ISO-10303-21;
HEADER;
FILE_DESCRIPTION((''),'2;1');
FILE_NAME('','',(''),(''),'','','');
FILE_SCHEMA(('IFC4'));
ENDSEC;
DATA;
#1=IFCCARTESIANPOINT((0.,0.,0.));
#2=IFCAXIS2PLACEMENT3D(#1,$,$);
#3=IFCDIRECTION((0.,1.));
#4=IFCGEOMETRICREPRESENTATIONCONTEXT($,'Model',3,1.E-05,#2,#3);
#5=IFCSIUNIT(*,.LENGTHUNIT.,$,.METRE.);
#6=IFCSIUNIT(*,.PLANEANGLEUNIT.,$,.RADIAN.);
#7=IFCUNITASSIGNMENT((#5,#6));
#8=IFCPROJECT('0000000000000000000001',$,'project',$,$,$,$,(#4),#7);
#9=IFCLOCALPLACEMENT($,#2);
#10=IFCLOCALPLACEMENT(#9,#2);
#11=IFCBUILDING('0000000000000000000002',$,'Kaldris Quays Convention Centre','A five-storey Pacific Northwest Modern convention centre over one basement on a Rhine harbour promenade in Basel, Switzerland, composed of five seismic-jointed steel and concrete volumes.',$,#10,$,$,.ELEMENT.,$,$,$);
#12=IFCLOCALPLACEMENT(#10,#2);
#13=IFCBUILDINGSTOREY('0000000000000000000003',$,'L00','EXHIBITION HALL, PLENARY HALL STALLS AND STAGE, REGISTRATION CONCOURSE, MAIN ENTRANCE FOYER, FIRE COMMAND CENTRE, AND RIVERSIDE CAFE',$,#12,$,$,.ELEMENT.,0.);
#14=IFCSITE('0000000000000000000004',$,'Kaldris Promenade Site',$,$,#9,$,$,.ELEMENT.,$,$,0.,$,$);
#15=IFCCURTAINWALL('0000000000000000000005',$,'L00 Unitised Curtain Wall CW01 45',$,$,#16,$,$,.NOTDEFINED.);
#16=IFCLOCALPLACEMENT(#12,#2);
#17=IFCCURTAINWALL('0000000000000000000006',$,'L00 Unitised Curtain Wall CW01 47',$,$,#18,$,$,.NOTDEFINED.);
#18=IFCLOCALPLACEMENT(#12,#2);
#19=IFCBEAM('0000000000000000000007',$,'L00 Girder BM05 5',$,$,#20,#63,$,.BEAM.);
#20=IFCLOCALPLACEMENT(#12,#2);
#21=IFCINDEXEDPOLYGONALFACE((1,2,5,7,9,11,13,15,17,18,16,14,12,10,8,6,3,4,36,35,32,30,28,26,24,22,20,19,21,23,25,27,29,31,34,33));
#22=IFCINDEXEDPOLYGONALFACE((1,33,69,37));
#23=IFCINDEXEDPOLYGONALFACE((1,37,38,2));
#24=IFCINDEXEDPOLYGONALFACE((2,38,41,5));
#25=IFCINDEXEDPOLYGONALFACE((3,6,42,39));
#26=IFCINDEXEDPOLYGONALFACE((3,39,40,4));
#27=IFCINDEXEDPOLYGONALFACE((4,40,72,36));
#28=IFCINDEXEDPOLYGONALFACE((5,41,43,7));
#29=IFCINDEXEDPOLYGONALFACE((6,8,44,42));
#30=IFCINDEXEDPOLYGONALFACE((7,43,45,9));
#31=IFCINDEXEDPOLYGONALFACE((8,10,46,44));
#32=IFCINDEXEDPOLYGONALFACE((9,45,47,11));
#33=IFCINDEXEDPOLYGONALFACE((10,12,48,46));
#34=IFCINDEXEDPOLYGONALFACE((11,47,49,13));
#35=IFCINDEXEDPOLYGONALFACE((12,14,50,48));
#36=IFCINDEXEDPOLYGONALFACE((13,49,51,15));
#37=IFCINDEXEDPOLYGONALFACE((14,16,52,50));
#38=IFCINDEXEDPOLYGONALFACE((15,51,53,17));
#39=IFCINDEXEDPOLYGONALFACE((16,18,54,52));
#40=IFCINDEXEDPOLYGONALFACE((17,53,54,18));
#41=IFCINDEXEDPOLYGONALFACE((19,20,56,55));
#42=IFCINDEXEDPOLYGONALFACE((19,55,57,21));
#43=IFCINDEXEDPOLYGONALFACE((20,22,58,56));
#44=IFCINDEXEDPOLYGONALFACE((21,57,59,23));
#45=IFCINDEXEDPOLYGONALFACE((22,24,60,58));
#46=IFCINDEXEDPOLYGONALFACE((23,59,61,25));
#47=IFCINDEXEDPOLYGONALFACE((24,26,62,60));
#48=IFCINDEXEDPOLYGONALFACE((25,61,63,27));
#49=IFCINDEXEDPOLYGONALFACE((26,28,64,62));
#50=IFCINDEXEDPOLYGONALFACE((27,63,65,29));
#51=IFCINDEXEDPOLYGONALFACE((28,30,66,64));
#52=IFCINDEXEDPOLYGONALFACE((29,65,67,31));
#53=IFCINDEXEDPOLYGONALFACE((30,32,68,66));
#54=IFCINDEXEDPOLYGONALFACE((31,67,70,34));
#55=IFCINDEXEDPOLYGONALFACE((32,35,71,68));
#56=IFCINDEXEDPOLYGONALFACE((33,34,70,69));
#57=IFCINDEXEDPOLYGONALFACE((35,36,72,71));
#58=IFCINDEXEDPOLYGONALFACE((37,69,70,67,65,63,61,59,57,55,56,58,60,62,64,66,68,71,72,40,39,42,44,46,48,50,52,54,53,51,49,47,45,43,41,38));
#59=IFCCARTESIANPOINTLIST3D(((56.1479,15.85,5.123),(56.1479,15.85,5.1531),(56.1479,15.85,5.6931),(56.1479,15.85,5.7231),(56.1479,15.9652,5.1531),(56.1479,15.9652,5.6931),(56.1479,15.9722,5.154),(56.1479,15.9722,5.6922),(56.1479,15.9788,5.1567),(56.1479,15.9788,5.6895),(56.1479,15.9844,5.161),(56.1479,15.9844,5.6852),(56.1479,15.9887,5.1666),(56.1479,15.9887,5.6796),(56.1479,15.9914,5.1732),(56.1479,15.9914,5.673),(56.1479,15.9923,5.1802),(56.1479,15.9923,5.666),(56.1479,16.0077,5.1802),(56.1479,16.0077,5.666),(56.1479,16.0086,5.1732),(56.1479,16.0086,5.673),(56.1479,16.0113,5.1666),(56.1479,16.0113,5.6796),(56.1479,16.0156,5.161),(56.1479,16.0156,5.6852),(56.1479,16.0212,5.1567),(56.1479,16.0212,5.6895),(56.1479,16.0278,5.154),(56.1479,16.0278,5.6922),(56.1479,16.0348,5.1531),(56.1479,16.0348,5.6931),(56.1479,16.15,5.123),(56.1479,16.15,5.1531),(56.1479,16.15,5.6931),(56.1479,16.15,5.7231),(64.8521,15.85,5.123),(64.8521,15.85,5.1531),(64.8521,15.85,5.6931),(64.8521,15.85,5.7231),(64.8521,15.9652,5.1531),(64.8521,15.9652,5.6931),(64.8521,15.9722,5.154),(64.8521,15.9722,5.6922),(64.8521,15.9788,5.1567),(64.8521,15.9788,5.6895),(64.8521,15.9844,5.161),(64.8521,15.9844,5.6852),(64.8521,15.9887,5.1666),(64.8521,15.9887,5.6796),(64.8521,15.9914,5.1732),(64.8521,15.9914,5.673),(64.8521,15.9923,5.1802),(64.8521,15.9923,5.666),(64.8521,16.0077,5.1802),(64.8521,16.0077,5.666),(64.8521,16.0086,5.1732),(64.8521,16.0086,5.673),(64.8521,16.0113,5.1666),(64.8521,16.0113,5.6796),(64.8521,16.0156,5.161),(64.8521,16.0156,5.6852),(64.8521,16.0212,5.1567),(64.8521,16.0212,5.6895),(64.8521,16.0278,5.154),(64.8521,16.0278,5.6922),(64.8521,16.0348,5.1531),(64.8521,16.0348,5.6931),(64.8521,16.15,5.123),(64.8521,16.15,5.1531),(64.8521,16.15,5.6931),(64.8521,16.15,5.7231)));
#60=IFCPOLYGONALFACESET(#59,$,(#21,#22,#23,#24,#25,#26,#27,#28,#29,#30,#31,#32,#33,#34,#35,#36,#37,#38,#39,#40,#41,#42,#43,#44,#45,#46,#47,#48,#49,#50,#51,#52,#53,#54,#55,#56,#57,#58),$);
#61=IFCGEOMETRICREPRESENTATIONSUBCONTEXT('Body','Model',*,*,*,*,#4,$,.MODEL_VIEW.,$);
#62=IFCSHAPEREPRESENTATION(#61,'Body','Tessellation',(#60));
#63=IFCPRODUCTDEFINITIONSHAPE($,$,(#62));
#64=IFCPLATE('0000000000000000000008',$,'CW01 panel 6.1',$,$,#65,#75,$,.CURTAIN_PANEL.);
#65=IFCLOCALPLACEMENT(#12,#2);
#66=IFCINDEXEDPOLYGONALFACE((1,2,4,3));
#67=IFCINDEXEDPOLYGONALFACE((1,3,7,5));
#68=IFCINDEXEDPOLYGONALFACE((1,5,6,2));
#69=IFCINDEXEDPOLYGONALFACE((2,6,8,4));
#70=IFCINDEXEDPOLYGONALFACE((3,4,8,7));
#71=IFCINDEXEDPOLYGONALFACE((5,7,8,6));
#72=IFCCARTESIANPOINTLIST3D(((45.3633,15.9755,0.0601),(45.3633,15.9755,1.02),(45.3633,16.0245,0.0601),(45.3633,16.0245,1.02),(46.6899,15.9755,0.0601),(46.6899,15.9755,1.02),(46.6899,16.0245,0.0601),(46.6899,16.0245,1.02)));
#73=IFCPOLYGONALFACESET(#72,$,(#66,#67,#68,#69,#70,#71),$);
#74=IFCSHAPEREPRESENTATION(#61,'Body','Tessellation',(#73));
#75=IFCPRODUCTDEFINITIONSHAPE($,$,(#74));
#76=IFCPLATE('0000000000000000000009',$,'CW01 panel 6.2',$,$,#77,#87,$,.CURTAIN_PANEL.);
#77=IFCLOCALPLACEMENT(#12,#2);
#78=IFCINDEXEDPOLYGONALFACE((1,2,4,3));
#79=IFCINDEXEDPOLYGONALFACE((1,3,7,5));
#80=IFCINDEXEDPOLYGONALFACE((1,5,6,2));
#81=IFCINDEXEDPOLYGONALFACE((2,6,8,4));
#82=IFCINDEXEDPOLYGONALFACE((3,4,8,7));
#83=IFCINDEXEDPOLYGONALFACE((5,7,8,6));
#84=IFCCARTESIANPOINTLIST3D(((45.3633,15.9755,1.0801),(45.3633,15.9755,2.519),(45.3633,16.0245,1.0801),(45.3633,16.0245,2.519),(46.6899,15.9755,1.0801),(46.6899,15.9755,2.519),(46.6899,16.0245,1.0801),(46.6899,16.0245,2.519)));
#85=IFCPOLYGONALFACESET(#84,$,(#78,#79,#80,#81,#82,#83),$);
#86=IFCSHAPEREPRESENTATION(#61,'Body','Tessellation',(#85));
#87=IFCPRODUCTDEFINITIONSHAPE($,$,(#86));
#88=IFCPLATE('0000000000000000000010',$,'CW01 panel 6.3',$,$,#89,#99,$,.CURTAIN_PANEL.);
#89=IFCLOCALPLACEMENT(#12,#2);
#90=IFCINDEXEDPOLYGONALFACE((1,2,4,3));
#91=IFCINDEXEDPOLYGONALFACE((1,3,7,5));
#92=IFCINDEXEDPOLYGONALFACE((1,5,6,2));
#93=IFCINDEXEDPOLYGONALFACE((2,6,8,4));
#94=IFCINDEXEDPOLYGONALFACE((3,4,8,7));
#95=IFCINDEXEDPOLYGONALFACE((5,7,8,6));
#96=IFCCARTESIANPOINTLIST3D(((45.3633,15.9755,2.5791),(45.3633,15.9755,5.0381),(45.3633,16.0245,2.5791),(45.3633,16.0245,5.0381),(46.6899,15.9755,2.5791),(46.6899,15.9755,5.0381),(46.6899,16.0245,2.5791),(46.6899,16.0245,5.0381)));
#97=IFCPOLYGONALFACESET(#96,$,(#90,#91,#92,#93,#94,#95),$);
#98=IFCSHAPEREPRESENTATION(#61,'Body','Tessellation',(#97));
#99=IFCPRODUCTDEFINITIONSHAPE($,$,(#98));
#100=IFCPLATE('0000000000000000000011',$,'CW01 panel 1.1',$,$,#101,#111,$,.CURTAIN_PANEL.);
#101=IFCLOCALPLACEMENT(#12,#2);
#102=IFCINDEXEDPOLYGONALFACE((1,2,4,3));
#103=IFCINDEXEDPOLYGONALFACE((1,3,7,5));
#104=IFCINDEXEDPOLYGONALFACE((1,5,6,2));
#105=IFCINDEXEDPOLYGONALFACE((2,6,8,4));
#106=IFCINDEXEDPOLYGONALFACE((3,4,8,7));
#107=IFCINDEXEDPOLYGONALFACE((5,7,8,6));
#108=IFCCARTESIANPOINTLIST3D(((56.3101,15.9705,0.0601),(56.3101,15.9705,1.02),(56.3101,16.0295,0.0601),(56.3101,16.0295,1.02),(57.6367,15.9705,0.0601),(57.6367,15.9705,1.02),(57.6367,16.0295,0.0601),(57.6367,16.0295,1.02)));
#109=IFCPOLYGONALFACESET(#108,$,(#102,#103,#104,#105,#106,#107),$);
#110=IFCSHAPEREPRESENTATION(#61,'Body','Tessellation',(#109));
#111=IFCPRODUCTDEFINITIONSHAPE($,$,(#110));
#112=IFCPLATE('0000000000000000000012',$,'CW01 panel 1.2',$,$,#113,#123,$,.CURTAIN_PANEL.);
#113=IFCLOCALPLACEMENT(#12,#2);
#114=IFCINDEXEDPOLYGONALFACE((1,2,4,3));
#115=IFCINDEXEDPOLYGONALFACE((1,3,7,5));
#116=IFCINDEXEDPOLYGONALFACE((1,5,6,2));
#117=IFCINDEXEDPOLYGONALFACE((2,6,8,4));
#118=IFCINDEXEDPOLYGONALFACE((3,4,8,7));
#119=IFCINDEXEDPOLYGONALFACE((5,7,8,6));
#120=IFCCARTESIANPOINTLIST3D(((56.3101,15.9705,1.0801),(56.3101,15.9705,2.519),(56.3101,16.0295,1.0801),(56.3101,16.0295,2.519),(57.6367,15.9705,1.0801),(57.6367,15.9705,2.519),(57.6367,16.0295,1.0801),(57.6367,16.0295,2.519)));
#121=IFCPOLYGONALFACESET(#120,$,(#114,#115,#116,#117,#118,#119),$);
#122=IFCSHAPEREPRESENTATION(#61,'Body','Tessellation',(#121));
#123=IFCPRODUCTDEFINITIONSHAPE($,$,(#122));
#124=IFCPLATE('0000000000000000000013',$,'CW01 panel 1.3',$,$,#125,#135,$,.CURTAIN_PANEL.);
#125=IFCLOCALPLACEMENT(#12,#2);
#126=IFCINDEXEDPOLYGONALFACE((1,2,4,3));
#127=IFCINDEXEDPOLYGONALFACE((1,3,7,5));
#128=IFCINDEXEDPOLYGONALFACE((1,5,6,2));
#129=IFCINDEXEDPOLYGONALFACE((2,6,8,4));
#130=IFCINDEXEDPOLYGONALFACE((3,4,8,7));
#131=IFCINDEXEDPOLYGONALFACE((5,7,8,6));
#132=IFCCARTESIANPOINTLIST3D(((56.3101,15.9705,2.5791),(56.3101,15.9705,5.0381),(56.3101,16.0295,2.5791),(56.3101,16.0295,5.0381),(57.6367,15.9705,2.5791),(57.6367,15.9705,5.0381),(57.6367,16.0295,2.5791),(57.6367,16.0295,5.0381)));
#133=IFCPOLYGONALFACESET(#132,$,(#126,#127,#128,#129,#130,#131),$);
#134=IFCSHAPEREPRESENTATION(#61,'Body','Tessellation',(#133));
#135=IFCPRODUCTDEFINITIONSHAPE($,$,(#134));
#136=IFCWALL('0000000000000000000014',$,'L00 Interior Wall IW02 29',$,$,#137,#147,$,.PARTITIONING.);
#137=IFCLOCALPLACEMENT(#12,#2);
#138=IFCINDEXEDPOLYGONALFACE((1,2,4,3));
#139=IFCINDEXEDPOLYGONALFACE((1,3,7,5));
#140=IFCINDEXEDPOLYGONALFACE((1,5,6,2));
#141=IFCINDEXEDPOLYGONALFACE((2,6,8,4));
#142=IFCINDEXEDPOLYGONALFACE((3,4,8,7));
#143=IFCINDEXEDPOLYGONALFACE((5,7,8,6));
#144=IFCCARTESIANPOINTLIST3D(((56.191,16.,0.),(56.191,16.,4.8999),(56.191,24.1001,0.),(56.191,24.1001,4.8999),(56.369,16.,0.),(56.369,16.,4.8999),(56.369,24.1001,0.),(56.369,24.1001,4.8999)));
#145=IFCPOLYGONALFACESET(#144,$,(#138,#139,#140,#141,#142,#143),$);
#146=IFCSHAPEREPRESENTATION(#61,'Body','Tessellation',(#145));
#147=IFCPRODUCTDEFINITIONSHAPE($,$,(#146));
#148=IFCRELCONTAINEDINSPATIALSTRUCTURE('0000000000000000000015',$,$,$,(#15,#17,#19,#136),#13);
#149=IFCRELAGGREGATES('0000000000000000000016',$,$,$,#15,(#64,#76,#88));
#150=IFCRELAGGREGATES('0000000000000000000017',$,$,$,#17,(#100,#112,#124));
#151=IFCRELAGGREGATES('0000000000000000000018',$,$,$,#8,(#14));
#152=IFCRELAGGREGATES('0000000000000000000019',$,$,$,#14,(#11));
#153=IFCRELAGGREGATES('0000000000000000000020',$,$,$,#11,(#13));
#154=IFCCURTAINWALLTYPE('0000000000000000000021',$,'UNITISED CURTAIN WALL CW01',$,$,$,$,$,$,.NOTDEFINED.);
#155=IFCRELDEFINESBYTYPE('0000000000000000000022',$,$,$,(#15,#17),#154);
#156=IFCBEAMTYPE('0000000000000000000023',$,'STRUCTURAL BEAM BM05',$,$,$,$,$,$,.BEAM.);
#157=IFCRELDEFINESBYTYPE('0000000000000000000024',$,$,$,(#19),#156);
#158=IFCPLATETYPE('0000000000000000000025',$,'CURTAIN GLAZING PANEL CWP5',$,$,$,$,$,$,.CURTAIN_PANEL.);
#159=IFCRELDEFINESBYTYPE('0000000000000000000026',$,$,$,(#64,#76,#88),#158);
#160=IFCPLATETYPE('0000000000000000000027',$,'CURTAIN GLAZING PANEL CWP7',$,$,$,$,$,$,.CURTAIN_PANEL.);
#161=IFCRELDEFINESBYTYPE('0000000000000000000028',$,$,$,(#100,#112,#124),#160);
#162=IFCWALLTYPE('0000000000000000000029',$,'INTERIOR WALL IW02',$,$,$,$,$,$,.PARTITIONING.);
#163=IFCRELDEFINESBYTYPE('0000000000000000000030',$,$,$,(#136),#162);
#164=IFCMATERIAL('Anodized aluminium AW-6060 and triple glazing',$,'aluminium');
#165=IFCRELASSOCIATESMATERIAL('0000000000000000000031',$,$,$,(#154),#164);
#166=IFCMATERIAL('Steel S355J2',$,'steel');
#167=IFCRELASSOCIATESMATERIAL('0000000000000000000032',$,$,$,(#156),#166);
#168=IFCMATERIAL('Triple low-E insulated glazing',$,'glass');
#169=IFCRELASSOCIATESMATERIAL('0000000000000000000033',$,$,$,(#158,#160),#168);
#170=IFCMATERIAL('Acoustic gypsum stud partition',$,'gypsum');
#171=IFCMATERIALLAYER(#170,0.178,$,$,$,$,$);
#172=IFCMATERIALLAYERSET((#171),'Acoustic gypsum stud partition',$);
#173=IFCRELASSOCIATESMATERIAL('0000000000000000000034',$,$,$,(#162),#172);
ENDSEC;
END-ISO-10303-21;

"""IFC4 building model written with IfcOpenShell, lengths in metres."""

from ifc_helpers import new_model, si_unit, direction, frame, frame_2d, origin, origin_2d, place, context, subcontext, project, spatial, rectangle, i_section, extrude, material, layer, layer_set, material_profile, profile_set, type_object, element, aggregate, save


model = new_model("IFC4")

# Units and contexts
model_context = context("Model", 3, precision=1e-05, world=origin(), true_north=direction((0.0, 1.0)))
body_context = subcontext(model_context, "Body", "Model", "MODEL_VIEW")
ifc_project = project(units=[si_unit("LENGTHUNIT", "METRE"), si_unit("PLANEANGLEUNIT", "RADIAN")], contexts=[model_context])

# Site, building, storey
site_placement = place(None, origin())
site = spatial("IfcSite", under=ifc_project, at=site_placement, Name="Kaldris Promenade Site", CompositionType="ELEMENT", RefElevation=0.0)
building_placement = place(site_placement, origin())
building = spatial("IfcBuilding", under=site, at=building_placement, Name="Kaldris Quays Convention Centre", Description="A five-storey Pacific Northwest Modern convention centre over one basement on a Rhine harbour promenade in Basel, Switzerland, composed of five seismic-jointed steel and concrete volumes.", CompositionType="ELEMENT")
storey_placement = place(building_placement, origin())
storey = spatial("IfcBuildingStorey", under=building, at=storey_placement, Name="L00", Description="EXHIBITION HALL, PLENARY HALL STALLS AND STAGE, REGISTRATION CONCOURSE, MAIN ENTRANCE FOYER, FIRE COMMAND CENTRE, AND RIVERSIDE CAFE", CompositionType="ELEMENT", Elevation=0.0)

# Curtain wall
ifc_material_1 = material(Name="Anodized aluminium AW-6060 and triple glazing", Category="aluminium")
curtain_wall_type = type_object("IfcCurtainWallType", Name="UNITISED CURTAIN WALL CW01", PredefinedType="NOTDEFINED", material=ifc_material_1)
curtain_wall_1_placement = place(storey_placement, origin())
curtain_wall_1 = element("IfcCurtainWall", 1, at=curtain_wall_1_placement, inside=storey, type_object=curtain_wall_type, Name="L00 Unitised Curtain Wall CW01 45", PredefinedType="NOTDEFINED")

# Curtain wall
curtain_wall_2_placement = place(storey_placement, origin())
curtain_wall_2 = element("IfcCurtainWall", 2, at=curtain_wall_2_placement, inside=storey, type_object=curtain_wall_type, Name="L00 Unitised Curtain Wall CW01 47", PredefinedType="NOTDEFINED")

# Beam
ifc_material_2 = material(Name="Steel S355J2", Category="steel")
ifc_material_profile_1 = material_profile(ifc_material_2, i_section(OverallWidth=0.3, OverallDepth=0.6001, WebThickness=0.0154, FlangeThickness=0.03, FilletRadius=0.0271, at=origin_2d()), Name="HEB 600")
ifc_profile_set_1 = profile_set([ifc_material_profile_1], Name="Steel S355J2")
beam_type = type_object("IfcBeamType", Name="STRUCTURAL BEAM BM05", PredefinedType="BEAM", material=ifc_profile_set_1)
for number, where, z_axis, x_axis, name in (
    (3, (56.1479, 16.0, 5.4231), (1.0, 0.0, 0.0), (0.0, 1.0, 0.0), "L00 Girder BM05 5"),
):
    element("IfcBeam", number, at=place(storey_placement, frame(where, z_axis=z_axis, x_axis=x_axis)), inside=storey, type_object=beam_type, Name=name, PredefinedType="BEAM", context=body_context, shape_type="SweptSolid", body=[
        extrude(i_section(OverallWidth=0.3, OverallDepth=0.6001, WebThickness=0.0154, FlangeThickness=0.03, FilletRadius=0.0271, at=origin_2d()), origin(), (0.0, 0.0, 1.0), 8.7041),
    ])

# Plates
ifc_material_3 = material(Name="Triple low-E insulated glazing", Category="glass")
plate_type_1 = type_object("IfcPlateType", Name="CURTAIN GLAZING PANEL CWP5", PredefinedType="CURTAIN_PANEL", material=ifc_material_3)
plate_1_placement = place(storey_placement, frame((46.0266, 16.0, 0.0601), z_axis=(0.0, 0.0, 1.0), x_axis=(1.0, 0.0, 0.0)))
plate_1 = element("IfcPlate", 4, at=plate_1_placement, type_object=plate_type_1, Name="CW01 panel 6.1", PredefinedType="CURTAIN_PANEL", context=body_context, shape_type="SweptSolid", body=[
    extrude(rectangle(XDim=1.3267, YDim=0.0491, at=origin_2d()), origin(), (0.0, 0.0, 1.0), 0.96),
])
plate_2_placement = place(storey_placement, frame((46.0266, 16.0, 1.0801), z_axis=(0.0, 0.0, 1.0), x_axis=(1.0, 0.0, 0.0)))
plate_2 = element("IfcPlate", 5, at=plate_2_placement, type_object=plate_type_1, Name="CW01 panel 6.2", PredefinedType="CURTAIN_PANEL", context=body_context, shape_type="SweptSolid", body=[
    extrude(rectangle(XDim=1.3267, YDim=0.0491, at=origin_2d()), origin(), (0.0, 0.0, 1.0), 1.439),
])
plate_3_placement = place(storey_placement, frame((46.0266, 16.0, 2.5791), z_axis=(0.0, 0.0, 1.0), x_axis=(1.0, 0.0, 0.0)))
plate_3 = element("IfcPlate", 6, at=plate_3_placement, type_object=plate_type_1, Name="CW01 panel 6.3", PredefinedType="CURTAIN_PANEL", context=body_context, shape_type="SweptSolid", body=[
    extrude(rectangle(XDim=1.3267, YDim=0.0491, at=origin_2d()), origin(), (0.0, 0.0, 1.0), 2.459),
])
aggregate(curtain_wall_1, [plate_1, plate_2, plate_3])
plate_type_2 = type_object("IfcPlateType", Name="CURTAIN GLAZING PANEL CWP7", PredefinedType="CURTAIN_PANEL", material=ifc_material_3)
plate_4_placement = place(storey_placement, frame((56.9734, 16.0, 0.0601), z_axis=(0.0, 0.0, 1.0), x_axis=(1.0, 0.0, 0.0)))
plate_4 = element("IfcPlate", 7, at=plate_4_placement, type_object=plate_type_2, Name="CW01 panel 1.1", PredefinedType="CURTAIN_PANEL", context=body_context, shape_type="SweptSolid", body=[
    extrude(rectangle(XDim=1.3267, YDim=0.0591, at=origin_2d()), origin(), (0.0, 0.0, 1.0), 0.96),
])
plate_5_placement = place(storey_placement, frame((56.9734, 16.0, 1.0801), z_axis=(0.0, 0.0, 1.0), x_axis=(1.0, 0.0, 0.0)))
plate_5 = element("IfcPlate", 8, at=plate_5_placement, type_object=plate_type_2, Name="CW01 panel 1.2", PredefinedType="CURTAIN_PANEL", context=body_context, shape_type="SweptSolid", body=[
    extrude(rectangle(XDim=1.3267, YDim=0.0591, at=origin_2d()), origin(), (0.0, 0.0, 1.0), 1.439),
])
plate_6_placement = place(storey_placement, frame((56.9734, 16.0, 2.5791), z_axis=(0.0, 0.0, 1.0), x_axis=(1.0, 0.0, 0.0)))
plate_6 = element("IfcPlate", 9, at=plate_6_placement, type_object=plate_type_2, Name="CW01 panel 1.3", PredefinedType="CURTAIN_PANEL", context=body_context, shape_type="SweptSolid", body=[
    extrude(rectangle(XDim=1.3267, YDim=0.0591, at=origin_2d()), origin(), (0.0, 0.0, 1.0), 2.459),
])
aggregate(curtain_wall_2, [plate_4, plate_5, plate_6])

# Wall
ifc_material_4 = material(Name="Acoustic gypsum stud partition", Category="gypsum")
ifc_layer_1 = layer(ifc_material_4, 0.178)
ifc_layer_set_1 = layer_set([ifc_layer_1], Name="Acoustic gypsum stud partition")
wall_type_1 = type_object("IfcWallType", Name="INTERIOR WALL IW02", PredefinedType="PARTITIONING", material=ifc_layer_set_1)
wall_1_placement = place(storey_placement, frame((56.28, 16.0, 0.0), z_axis=(0.0, 0.0, 1.0), x_axis=(0.0, 1.0, 0.0)))
element("IfcWall", 10, at=wall_1_placement, inside=storey, type_object=wall_type_1, Name="L00 Interior Wall IW02 29", PredefinedType="PARTITIONING", context=body_context, shape_type="SweptSolid", body=[
    extrude(rectangle(XDim=8.1001, YDim=0.178, at=frame_2d((4.05, 0.0))), origin(), (0.0, 0.0, 1.0), 4.8999),
])

save(model, "model.ifc")
